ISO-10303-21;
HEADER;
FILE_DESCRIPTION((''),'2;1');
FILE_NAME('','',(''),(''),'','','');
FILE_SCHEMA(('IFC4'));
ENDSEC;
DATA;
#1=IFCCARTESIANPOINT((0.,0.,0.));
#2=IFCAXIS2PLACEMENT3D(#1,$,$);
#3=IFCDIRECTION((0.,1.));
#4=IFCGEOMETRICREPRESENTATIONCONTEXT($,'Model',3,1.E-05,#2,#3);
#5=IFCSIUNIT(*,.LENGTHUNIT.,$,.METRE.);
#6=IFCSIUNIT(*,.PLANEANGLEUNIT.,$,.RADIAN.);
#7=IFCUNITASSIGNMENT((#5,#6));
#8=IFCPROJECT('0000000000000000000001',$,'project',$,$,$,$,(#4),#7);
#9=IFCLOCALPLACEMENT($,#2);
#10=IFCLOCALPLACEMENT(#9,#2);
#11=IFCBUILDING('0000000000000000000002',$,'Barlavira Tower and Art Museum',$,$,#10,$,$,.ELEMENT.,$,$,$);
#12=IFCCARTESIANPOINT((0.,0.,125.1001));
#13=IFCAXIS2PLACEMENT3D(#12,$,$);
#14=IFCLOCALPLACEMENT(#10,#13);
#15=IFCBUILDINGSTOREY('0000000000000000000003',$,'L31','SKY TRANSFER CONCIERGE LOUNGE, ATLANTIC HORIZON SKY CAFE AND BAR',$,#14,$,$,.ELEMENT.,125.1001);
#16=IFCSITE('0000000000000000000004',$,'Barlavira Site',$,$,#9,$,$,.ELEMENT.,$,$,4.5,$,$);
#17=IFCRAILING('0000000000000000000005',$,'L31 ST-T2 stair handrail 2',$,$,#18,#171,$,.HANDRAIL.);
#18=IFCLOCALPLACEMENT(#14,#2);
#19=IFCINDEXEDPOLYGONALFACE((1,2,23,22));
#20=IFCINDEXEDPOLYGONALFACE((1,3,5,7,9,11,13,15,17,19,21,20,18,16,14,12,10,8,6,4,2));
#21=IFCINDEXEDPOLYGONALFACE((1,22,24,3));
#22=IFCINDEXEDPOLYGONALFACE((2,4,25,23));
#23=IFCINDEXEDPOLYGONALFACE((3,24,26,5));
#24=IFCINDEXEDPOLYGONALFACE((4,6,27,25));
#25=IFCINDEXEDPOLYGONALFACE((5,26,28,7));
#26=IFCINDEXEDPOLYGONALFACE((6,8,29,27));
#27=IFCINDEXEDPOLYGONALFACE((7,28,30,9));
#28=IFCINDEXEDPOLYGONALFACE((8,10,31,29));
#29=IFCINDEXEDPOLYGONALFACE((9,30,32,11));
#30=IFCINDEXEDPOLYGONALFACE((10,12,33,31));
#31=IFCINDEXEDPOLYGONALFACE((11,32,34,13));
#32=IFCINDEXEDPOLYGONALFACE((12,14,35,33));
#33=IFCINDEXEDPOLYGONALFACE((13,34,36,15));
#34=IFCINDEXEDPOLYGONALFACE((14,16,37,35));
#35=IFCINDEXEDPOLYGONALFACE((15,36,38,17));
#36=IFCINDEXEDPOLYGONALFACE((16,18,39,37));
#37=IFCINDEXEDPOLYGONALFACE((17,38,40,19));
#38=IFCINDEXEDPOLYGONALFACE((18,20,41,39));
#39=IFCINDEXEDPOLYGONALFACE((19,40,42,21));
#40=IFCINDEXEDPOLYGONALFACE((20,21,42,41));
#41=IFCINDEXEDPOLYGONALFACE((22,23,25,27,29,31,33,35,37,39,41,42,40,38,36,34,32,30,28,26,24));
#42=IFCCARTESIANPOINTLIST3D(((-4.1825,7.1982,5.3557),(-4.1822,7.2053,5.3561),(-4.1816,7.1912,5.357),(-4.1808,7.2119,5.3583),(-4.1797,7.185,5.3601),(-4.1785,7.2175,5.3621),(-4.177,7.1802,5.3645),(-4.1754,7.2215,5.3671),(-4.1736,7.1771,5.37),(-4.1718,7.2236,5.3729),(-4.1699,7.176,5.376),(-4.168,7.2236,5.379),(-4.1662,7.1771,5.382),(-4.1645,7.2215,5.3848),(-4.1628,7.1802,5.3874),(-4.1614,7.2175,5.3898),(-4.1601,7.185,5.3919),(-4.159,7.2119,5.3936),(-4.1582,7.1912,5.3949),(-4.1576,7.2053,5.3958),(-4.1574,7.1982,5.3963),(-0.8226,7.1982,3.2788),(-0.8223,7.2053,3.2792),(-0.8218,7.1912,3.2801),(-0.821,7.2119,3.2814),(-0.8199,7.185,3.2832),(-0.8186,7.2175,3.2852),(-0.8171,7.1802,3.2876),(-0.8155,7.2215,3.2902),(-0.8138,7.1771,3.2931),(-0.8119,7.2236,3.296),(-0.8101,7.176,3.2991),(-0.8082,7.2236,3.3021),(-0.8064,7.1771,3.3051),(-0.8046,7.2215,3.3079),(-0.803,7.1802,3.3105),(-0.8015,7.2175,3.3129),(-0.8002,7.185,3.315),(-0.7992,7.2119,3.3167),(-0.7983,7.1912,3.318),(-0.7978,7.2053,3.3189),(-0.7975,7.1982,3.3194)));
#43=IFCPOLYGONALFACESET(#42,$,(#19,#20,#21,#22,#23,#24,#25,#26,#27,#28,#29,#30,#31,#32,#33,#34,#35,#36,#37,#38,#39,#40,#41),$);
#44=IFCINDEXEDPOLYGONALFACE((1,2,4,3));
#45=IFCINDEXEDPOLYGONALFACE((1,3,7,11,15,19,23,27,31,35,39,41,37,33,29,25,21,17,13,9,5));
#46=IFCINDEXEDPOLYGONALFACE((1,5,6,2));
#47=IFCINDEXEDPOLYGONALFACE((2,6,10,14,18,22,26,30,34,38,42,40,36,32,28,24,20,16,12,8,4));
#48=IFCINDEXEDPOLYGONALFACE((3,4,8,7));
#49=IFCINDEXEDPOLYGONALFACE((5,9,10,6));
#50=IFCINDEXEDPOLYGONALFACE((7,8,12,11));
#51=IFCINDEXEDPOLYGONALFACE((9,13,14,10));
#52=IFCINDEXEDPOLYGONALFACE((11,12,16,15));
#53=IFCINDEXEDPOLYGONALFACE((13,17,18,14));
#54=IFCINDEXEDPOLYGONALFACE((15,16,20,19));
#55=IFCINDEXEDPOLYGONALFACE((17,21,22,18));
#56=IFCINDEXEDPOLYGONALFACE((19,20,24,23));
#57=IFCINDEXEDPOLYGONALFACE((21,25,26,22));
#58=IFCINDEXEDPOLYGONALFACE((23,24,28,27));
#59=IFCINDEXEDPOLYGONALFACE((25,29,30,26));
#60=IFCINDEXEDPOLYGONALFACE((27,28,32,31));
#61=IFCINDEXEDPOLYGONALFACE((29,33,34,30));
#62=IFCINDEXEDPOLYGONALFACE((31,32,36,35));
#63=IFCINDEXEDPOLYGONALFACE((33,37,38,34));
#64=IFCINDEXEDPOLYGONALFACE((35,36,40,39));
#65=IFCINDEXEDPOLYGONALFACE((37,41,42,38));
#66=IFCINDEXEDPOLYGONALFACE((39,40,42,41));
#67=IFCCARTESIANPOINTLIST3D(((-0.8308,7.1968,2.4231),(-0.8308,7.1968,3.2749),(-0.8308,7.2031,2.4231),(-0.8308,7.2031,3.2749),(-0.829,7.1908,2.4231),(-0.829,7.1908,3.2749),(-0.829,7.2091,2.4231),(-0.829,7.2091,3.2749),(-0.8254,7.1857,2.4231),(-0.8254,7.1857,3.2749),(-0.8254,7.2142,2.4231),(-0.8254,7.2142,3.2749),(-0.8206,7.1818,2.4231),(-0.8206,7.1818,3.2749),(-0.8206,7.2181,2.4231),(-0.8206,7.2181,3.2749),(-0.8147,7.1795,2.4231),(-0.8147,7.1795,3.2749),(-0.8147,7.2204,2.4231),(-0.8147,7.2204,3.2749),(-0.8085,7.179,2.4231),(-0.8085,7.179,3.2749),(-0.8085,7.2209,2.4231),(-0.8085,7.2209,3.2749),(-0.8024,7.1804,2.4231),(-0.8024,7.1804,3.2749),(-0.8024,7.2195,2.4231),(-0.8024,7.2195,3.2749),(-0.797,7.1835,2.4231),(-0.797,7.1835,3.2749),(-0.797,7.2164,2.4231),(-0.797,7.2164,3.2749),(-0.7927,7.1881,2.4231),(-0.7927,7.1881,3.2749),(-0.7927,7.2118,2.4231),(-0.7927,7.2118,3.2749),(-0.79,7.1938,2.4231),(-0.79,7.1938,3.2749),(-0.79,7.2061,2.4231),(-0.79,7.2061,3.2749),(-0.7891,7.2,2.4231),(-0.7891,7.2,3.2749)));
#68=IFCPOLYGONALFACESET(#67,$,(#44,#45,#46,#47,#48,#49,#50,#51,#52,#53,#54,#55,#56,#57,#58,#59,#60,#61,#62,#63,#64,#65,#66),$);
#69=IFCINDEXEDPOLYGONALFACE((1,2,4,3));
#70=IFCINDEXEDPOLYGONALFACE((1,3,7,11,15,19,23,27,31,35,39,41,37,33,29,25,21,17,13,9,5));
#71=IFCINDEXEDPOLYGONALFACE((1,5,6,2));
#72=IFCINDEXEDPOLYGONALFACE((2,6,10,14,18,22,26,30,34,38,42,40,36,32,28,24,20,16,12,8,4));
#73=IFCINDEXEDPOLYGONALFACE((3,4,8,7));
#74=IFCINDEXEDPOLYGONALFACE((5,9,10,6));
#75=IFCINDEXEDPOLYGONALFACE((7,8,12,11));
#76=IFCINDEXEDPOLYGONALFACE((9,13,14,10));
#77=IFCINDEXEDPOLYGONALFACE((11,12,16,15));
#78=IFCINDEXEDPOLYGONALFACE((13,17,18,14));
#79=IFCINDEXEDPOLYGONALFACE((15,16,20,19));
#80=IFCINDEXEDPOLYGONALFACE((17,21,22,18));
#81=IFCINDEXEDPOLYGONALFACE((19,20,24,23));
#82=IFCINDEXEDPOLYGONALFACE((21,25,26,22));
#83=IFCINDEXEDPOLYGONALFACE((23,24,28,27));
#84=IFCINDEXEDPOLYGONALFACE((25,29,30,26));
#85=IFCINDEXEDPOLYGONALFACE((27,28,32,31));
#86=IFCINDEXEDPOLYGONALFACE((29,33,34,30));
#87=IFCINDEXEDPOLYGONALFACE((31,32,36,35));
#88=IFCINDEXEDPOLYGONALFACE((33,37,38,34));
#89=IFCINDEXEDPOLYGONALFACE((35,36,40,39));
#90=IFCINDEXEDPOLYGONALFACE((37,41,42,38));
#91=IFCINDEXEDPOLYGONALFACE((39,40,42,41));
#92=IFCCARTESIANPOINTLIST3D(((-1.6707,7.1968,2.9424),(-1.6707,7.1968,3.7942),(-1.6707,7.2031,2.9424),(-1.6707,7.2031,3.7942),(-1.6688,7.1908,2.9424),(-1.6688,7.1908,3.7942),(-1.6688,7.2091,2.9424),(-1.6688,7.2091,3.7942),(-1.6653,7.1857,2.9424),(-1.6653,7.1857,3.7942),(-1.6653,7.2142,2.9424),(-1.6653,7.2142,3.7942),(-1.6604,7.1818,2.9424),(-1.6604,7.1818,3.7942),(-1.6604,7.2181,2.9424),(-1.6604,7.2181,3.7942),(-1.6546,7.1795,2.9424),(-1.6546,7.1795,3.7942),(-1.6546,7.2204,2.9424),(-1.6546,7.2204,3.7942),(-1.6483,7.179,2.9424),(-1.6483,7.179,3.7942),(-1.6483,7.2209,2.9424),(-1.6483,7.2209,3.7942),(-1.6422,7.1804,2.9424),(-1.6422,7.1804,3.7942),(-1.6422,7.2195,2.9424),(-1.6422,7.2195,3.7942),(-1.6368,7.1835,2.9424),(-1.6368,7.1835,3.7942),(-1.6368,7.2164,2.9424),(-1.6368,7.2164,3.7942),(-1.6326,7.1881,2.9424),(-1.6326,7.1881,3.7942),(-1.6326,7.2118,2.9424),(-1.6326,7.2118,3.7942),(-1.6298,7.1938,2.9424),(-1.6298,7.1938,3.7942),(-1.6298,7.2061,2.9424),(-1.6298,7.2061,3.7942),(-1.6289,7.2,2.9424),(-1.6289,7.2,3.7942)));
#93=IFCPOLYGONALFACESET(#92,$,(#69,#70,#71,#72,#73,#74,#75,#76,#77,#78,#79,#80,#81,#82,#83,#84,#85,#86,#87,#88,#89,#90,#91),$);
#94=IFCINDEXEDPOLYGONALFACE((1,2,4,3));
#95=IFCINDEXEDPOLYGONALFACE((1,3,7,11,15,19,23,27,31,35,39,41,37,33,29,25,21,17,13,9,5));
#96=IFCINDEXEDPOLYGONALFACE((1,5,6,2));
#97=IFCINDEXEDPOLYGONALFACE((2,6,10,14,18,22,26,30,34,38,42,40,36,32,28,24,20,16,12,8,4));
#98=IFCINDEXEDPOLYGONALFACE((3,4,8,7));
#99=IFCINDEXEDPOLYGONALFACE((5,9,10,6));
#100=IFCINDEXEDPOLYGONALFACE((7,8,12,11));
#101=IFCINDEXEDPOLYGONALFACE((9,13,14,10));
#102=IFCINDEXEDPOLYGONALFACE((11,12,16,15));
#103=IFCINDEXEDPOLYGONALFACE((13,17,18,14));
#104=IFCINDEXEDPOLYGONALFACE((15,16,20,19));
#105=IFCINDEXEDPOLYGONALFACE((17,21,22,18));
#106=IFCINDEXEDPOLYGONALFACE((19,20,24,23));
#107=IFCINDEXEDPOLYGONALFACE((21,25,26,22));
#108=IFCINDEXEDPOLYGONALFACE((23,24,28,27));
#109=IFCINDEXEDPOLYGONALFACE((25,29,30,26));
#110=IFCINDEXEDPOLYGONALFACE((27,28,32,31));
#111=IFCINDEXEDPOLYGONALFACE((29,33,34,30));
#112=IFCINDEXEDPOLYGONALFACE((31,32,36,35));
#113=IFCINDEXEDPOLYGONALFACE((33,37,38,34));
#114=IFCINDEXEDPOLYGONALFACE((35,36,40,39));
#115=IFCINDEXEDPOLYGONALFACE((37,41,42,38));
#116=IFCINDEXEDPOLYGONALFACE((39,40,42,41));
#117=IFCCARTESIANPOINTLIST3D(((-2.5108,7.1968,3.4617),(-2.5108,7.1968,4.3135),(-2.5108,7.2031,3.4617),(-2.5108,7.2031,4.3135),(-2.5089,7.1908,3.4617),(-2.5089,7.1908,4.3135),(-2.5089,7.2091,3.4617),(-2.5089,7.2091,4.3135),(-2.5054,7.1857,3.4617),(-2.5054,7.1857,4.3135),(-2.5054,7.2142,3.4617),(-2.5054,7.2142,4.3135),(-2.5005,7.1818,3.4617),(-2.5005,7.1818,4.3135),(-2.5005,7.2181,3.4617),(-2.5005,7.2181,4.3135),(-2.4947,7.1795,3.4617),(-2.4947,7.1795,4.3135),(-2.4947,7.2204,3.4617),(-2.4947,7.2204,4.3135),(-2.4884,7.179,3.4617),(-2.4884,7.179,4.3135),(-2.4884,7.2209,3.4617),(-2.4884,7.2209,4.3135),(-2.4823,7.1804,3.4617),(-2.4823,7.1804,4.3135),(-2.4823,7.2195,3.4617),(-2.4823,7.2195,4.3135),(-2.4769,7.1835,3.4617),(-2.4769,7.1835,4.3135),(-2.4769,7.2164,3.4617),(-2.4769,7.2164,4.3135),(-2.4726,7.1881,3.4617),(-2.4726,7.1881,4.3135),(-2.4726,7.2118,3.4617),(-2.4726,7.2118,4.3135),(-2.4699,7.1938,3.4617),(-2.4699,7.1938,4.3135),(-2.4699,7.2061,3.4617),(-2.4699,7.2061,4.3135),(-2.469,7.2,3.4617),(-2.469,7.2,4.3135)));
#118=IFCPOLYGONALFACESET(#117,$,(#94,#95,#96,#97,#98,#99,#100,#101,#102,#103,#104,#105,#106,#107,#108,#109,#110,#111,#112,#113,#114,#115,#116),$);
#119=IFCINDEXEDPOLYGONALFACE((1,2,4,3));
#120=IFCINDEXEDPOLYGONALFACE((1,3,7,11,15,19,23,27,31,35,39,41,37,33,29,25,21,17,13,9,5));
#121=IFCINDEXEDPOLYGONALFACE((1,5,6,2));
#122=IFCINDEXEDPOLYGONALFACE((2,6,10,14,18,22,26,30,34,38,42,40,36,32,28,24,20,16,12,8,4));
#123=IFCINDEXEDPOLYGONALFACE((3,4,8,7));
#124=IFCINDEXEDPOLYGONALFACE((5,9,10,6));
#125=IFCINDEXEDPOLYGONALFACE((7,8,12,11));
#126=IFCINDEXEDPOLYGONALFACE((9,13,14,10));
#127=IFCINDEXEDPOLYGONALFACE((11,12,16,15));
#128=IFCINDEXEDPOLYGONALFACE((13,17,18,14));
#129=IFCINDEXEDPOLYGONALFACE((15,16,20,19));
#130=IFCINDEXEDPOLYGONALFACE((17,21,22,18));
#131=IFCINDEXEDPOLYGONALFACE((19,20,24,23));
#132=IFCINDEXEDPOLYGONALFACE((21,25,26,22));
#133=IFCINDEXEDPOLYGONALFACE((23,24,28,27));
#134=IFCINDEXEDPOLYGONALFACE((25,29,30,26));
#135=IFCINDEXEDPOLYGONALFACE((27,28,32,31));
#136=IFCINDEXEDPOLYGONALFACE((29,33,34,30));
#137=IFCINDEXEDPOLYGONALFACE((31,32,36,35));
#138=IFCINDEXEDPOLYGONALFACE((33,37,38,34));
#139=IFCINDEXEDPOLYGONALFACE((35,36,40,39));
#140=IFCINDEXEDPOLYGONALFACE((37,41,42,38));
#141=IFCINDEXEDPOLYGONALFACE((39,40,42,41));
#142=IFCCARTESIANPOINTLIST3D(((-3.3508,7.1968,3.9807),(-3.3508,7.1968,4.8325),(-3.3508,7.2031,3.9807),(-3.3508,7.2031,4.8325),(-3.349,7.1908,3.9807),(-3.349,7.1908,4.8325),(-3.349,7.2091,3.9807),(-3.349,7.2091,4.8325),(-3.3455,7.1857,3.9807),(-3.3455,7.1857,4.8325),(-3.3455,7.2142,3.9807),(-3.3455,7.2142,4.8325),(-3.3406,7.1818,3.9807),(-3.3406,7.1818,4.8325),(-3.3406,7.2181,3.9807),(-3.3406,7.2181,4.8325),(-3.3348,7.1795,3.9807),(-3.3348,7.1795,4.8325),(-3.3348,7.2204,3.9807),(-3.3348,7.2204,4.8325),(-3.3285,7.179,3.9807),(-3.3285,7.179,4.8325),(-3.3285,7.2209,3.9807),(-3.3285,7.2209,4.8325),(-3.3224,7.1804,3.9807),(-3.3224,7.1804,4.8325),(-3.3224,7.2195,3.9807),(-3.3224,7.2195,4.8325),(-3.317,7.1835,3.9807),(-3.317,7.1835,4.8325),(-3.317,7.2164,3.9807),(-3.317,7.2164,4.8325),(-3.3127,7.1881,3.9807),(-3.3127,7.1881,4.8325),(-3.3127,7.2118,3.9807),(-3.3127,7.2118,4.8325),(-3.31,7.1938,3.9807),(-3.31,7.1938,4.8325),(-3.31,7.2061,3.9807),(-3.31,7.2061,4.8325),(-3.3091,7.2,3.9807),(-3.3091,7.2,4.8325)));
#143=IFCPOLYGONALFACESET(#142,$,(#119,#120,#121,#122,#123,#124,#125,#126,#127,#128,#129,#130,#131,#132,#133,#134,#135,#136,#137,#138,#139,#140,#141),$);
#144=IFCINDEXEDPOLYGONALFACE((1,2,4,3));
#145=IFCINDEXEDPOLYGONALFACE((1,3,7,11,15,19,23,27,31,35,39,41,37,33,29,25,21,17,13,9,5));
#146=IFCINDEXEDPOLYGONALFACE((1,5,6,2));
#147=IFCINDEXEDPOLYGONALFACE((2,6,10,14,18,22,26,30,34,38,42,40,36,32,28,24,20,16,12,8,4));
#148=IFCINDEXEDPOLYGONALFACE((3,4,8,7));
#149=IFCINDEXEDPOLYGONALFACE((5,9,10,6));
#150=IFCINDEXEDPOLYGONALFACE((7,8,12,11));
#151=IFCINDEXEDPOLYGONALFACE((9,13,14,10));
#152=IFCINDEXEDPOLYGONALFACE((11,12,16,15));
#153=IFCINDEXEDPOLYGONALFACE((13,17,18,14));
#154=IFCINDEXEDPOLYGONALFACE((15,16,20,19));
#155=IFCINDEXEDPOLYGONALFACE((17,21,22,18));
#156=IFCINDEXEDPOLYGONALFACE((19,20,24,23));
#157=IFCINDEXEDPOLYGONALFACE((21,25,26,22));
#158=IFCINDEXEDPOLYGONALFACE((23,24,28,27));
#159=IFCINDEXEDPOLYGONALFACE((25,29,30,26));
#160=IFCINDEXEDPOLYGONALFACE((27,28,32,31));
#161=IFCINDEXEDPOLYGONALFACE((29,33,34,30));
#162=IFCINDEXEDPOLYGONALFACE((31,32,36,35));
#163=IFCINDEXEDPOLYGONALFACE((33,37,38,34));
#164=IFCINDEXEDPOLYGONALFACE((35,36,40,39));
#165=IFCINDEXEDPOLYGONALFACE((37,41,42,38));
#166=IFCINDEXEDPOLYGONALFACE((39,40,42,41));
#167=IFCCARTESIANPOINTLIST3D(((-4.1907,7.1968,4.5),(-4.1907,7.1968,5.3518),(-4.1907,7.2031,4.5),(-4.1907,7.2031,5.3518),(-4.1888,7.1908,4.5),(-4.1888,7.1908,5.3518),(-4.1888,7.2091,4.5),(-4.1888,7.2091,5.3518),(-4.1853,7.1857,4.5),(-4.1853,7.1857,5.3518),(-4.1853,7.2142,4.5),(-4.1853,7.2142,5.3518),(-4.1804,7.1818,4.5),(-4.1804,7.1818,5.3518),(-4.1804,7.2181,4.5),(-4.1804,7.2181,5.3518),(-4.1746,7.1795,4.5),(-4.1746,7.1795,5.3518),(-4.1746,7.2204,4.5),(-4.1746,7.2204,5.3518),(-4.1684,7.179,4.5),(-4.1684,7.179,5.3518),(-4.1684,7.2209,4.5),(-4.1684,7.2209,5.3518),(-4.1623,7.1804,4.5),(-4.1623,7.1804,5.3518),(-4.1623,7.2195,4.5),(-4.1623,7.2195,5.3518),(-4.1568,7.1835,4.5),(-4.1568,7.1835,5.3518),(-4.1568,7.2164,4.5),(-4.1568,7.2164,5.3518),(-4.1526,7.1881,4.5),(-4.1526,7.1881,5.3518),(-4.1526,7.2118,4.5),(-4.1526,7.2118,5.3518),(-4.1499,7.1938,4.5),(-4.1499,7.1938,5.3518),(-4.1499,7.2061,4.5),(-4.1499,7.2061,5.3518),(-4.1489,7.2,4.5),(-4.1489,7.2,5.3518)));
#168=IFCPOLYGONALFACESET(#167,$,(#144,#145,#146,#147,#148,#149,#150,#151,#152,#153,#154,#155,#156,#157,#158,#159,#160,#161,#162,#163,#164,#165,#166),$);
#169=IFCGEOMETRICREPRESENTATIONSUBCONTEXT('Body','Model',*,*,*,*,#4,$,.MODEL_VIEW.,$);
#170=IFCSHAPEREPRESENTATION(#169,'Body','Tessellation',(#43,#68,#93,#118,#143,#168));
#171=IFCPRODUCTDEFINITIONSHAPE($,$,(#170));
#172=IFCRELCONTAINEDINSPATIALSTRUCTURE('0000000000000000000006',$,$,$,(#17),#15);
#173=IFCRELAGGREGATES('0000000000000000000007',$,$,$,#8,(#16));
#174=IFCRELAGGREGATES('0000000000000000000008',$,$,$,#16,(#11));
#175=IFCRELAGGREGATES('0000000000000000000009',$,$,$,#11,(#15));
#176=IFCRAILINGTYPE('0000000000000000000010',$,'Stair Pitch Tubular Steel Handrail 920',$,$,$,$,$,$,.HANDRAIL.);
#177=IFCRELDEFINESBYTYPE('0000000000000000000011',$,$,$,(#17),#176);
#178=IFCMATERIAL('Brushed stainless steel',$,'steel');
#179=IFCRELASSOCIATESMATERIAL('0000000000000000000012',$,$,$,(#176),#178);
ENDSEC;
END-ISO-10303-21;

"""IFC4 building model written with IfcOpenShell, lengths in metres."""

from ifc_helpers import new_model, si_unit, direction, frame, origin, origin_2d, place, context, subcontext, project, spatial, circle, extrude, material, type_object, element, save


model = new_model("IFC4")

# Units and contexts
model_context = context("Model", 3, precision=1e-05, world=origin(), true_north=direction((0.0, 1.0)))
body_context = subcontext(model_context, "Body", "Model", "MODEL_VIEW")
ifc_project = project(units=[si_unit("LENGTHUNIT", "METRE"), si_unit("PLANEANGLEUNIT", "RADIAN")], contexts=[model_context])

# Site, building, storey
site_placement = place(None, origin())
site = spatial("IfcSite", under=ifc_project, at=site_placement, Name="Barlavira Site", CompositionType="ELEMENT", RefElevation=4.5)
building_placement = place(site_placement, origin())
building = spatial("IfcBuilding", under=site, at=building_placement, Name="Barlavira Tower and Art Museum", CompositionType="ELEMENT")
storey_placement = place(building_placement, frame((0.0, 0.0, 125.1001)))
storey = spatial("IfcBuildingStorey", under=building, at=storey_placement, Name="L31", Description="SKY TRANSFER CONCIERGE LOUNGE, ATLANTIC HORIZON SKY CAFE AND BAR", CompositionType="ELEMENT", Elevation=125.1001)

# Shared definitions
ifc_material_1 = material(Name="Brushed stainless steel", Category="steel")

# Railing
railing_type_1 = type_object("IfcRailingType", Name="Stair Pitch Tubular Steel Handrail 920", PredefinedType="HANDRAIL", material=ifc_material_1)
railing_1_placement = place(storey_placement, frame((-0.8101, 7.2, 2.4231)))
element("IfcRailing", 1, at=railing_1_placement, inside=storey, type_object=railing_type_1, Name="L31 ST-T2 stair handrail 2", PredefinedType="HANDRAIL", context=body_context, shape_type="SweptSolid", body=[
    extrude(circle(Radius=0.0239, at=origin_2d()), frame((0.0, 0.0, 0.876), z_axis=(-0.850606, 0.0, 0.525803), x_axis=(0.0, -1.0, 0.0)), (0.0, 0.0, 1.0), 3.95),
    extrude(circle(Radius=0.021, at=origin_2d()), origin(), (0.0, 0.0, 1.0), 0.8518),
    extrude(circle(Radius=0.021, at=origin_2d()), frame((-0.8398, 0.0, 0.5193)), (0.0, 0.0, 1.0), 0.8518),
    extrude(circle(Radius=0.021, at=origin_2d()), frame((-1.6799, 0.0, 1.0386)), (0.0, 0.0, 1.0), 0.8518),
    extrude(circle(Radius=0.021, at=origin_2d()), frame((-2.52, 0.0, 1.5576)), (0.0, 0.0, 1.0), 0.8518),
    extrude(circle(Radius=0.021, at=origin_2d()), frame((-3.3599, 0.0, 2.0769)), (0.0, 0.0, 1.0), 0.8518),
])

save(model, "model.ifc")
